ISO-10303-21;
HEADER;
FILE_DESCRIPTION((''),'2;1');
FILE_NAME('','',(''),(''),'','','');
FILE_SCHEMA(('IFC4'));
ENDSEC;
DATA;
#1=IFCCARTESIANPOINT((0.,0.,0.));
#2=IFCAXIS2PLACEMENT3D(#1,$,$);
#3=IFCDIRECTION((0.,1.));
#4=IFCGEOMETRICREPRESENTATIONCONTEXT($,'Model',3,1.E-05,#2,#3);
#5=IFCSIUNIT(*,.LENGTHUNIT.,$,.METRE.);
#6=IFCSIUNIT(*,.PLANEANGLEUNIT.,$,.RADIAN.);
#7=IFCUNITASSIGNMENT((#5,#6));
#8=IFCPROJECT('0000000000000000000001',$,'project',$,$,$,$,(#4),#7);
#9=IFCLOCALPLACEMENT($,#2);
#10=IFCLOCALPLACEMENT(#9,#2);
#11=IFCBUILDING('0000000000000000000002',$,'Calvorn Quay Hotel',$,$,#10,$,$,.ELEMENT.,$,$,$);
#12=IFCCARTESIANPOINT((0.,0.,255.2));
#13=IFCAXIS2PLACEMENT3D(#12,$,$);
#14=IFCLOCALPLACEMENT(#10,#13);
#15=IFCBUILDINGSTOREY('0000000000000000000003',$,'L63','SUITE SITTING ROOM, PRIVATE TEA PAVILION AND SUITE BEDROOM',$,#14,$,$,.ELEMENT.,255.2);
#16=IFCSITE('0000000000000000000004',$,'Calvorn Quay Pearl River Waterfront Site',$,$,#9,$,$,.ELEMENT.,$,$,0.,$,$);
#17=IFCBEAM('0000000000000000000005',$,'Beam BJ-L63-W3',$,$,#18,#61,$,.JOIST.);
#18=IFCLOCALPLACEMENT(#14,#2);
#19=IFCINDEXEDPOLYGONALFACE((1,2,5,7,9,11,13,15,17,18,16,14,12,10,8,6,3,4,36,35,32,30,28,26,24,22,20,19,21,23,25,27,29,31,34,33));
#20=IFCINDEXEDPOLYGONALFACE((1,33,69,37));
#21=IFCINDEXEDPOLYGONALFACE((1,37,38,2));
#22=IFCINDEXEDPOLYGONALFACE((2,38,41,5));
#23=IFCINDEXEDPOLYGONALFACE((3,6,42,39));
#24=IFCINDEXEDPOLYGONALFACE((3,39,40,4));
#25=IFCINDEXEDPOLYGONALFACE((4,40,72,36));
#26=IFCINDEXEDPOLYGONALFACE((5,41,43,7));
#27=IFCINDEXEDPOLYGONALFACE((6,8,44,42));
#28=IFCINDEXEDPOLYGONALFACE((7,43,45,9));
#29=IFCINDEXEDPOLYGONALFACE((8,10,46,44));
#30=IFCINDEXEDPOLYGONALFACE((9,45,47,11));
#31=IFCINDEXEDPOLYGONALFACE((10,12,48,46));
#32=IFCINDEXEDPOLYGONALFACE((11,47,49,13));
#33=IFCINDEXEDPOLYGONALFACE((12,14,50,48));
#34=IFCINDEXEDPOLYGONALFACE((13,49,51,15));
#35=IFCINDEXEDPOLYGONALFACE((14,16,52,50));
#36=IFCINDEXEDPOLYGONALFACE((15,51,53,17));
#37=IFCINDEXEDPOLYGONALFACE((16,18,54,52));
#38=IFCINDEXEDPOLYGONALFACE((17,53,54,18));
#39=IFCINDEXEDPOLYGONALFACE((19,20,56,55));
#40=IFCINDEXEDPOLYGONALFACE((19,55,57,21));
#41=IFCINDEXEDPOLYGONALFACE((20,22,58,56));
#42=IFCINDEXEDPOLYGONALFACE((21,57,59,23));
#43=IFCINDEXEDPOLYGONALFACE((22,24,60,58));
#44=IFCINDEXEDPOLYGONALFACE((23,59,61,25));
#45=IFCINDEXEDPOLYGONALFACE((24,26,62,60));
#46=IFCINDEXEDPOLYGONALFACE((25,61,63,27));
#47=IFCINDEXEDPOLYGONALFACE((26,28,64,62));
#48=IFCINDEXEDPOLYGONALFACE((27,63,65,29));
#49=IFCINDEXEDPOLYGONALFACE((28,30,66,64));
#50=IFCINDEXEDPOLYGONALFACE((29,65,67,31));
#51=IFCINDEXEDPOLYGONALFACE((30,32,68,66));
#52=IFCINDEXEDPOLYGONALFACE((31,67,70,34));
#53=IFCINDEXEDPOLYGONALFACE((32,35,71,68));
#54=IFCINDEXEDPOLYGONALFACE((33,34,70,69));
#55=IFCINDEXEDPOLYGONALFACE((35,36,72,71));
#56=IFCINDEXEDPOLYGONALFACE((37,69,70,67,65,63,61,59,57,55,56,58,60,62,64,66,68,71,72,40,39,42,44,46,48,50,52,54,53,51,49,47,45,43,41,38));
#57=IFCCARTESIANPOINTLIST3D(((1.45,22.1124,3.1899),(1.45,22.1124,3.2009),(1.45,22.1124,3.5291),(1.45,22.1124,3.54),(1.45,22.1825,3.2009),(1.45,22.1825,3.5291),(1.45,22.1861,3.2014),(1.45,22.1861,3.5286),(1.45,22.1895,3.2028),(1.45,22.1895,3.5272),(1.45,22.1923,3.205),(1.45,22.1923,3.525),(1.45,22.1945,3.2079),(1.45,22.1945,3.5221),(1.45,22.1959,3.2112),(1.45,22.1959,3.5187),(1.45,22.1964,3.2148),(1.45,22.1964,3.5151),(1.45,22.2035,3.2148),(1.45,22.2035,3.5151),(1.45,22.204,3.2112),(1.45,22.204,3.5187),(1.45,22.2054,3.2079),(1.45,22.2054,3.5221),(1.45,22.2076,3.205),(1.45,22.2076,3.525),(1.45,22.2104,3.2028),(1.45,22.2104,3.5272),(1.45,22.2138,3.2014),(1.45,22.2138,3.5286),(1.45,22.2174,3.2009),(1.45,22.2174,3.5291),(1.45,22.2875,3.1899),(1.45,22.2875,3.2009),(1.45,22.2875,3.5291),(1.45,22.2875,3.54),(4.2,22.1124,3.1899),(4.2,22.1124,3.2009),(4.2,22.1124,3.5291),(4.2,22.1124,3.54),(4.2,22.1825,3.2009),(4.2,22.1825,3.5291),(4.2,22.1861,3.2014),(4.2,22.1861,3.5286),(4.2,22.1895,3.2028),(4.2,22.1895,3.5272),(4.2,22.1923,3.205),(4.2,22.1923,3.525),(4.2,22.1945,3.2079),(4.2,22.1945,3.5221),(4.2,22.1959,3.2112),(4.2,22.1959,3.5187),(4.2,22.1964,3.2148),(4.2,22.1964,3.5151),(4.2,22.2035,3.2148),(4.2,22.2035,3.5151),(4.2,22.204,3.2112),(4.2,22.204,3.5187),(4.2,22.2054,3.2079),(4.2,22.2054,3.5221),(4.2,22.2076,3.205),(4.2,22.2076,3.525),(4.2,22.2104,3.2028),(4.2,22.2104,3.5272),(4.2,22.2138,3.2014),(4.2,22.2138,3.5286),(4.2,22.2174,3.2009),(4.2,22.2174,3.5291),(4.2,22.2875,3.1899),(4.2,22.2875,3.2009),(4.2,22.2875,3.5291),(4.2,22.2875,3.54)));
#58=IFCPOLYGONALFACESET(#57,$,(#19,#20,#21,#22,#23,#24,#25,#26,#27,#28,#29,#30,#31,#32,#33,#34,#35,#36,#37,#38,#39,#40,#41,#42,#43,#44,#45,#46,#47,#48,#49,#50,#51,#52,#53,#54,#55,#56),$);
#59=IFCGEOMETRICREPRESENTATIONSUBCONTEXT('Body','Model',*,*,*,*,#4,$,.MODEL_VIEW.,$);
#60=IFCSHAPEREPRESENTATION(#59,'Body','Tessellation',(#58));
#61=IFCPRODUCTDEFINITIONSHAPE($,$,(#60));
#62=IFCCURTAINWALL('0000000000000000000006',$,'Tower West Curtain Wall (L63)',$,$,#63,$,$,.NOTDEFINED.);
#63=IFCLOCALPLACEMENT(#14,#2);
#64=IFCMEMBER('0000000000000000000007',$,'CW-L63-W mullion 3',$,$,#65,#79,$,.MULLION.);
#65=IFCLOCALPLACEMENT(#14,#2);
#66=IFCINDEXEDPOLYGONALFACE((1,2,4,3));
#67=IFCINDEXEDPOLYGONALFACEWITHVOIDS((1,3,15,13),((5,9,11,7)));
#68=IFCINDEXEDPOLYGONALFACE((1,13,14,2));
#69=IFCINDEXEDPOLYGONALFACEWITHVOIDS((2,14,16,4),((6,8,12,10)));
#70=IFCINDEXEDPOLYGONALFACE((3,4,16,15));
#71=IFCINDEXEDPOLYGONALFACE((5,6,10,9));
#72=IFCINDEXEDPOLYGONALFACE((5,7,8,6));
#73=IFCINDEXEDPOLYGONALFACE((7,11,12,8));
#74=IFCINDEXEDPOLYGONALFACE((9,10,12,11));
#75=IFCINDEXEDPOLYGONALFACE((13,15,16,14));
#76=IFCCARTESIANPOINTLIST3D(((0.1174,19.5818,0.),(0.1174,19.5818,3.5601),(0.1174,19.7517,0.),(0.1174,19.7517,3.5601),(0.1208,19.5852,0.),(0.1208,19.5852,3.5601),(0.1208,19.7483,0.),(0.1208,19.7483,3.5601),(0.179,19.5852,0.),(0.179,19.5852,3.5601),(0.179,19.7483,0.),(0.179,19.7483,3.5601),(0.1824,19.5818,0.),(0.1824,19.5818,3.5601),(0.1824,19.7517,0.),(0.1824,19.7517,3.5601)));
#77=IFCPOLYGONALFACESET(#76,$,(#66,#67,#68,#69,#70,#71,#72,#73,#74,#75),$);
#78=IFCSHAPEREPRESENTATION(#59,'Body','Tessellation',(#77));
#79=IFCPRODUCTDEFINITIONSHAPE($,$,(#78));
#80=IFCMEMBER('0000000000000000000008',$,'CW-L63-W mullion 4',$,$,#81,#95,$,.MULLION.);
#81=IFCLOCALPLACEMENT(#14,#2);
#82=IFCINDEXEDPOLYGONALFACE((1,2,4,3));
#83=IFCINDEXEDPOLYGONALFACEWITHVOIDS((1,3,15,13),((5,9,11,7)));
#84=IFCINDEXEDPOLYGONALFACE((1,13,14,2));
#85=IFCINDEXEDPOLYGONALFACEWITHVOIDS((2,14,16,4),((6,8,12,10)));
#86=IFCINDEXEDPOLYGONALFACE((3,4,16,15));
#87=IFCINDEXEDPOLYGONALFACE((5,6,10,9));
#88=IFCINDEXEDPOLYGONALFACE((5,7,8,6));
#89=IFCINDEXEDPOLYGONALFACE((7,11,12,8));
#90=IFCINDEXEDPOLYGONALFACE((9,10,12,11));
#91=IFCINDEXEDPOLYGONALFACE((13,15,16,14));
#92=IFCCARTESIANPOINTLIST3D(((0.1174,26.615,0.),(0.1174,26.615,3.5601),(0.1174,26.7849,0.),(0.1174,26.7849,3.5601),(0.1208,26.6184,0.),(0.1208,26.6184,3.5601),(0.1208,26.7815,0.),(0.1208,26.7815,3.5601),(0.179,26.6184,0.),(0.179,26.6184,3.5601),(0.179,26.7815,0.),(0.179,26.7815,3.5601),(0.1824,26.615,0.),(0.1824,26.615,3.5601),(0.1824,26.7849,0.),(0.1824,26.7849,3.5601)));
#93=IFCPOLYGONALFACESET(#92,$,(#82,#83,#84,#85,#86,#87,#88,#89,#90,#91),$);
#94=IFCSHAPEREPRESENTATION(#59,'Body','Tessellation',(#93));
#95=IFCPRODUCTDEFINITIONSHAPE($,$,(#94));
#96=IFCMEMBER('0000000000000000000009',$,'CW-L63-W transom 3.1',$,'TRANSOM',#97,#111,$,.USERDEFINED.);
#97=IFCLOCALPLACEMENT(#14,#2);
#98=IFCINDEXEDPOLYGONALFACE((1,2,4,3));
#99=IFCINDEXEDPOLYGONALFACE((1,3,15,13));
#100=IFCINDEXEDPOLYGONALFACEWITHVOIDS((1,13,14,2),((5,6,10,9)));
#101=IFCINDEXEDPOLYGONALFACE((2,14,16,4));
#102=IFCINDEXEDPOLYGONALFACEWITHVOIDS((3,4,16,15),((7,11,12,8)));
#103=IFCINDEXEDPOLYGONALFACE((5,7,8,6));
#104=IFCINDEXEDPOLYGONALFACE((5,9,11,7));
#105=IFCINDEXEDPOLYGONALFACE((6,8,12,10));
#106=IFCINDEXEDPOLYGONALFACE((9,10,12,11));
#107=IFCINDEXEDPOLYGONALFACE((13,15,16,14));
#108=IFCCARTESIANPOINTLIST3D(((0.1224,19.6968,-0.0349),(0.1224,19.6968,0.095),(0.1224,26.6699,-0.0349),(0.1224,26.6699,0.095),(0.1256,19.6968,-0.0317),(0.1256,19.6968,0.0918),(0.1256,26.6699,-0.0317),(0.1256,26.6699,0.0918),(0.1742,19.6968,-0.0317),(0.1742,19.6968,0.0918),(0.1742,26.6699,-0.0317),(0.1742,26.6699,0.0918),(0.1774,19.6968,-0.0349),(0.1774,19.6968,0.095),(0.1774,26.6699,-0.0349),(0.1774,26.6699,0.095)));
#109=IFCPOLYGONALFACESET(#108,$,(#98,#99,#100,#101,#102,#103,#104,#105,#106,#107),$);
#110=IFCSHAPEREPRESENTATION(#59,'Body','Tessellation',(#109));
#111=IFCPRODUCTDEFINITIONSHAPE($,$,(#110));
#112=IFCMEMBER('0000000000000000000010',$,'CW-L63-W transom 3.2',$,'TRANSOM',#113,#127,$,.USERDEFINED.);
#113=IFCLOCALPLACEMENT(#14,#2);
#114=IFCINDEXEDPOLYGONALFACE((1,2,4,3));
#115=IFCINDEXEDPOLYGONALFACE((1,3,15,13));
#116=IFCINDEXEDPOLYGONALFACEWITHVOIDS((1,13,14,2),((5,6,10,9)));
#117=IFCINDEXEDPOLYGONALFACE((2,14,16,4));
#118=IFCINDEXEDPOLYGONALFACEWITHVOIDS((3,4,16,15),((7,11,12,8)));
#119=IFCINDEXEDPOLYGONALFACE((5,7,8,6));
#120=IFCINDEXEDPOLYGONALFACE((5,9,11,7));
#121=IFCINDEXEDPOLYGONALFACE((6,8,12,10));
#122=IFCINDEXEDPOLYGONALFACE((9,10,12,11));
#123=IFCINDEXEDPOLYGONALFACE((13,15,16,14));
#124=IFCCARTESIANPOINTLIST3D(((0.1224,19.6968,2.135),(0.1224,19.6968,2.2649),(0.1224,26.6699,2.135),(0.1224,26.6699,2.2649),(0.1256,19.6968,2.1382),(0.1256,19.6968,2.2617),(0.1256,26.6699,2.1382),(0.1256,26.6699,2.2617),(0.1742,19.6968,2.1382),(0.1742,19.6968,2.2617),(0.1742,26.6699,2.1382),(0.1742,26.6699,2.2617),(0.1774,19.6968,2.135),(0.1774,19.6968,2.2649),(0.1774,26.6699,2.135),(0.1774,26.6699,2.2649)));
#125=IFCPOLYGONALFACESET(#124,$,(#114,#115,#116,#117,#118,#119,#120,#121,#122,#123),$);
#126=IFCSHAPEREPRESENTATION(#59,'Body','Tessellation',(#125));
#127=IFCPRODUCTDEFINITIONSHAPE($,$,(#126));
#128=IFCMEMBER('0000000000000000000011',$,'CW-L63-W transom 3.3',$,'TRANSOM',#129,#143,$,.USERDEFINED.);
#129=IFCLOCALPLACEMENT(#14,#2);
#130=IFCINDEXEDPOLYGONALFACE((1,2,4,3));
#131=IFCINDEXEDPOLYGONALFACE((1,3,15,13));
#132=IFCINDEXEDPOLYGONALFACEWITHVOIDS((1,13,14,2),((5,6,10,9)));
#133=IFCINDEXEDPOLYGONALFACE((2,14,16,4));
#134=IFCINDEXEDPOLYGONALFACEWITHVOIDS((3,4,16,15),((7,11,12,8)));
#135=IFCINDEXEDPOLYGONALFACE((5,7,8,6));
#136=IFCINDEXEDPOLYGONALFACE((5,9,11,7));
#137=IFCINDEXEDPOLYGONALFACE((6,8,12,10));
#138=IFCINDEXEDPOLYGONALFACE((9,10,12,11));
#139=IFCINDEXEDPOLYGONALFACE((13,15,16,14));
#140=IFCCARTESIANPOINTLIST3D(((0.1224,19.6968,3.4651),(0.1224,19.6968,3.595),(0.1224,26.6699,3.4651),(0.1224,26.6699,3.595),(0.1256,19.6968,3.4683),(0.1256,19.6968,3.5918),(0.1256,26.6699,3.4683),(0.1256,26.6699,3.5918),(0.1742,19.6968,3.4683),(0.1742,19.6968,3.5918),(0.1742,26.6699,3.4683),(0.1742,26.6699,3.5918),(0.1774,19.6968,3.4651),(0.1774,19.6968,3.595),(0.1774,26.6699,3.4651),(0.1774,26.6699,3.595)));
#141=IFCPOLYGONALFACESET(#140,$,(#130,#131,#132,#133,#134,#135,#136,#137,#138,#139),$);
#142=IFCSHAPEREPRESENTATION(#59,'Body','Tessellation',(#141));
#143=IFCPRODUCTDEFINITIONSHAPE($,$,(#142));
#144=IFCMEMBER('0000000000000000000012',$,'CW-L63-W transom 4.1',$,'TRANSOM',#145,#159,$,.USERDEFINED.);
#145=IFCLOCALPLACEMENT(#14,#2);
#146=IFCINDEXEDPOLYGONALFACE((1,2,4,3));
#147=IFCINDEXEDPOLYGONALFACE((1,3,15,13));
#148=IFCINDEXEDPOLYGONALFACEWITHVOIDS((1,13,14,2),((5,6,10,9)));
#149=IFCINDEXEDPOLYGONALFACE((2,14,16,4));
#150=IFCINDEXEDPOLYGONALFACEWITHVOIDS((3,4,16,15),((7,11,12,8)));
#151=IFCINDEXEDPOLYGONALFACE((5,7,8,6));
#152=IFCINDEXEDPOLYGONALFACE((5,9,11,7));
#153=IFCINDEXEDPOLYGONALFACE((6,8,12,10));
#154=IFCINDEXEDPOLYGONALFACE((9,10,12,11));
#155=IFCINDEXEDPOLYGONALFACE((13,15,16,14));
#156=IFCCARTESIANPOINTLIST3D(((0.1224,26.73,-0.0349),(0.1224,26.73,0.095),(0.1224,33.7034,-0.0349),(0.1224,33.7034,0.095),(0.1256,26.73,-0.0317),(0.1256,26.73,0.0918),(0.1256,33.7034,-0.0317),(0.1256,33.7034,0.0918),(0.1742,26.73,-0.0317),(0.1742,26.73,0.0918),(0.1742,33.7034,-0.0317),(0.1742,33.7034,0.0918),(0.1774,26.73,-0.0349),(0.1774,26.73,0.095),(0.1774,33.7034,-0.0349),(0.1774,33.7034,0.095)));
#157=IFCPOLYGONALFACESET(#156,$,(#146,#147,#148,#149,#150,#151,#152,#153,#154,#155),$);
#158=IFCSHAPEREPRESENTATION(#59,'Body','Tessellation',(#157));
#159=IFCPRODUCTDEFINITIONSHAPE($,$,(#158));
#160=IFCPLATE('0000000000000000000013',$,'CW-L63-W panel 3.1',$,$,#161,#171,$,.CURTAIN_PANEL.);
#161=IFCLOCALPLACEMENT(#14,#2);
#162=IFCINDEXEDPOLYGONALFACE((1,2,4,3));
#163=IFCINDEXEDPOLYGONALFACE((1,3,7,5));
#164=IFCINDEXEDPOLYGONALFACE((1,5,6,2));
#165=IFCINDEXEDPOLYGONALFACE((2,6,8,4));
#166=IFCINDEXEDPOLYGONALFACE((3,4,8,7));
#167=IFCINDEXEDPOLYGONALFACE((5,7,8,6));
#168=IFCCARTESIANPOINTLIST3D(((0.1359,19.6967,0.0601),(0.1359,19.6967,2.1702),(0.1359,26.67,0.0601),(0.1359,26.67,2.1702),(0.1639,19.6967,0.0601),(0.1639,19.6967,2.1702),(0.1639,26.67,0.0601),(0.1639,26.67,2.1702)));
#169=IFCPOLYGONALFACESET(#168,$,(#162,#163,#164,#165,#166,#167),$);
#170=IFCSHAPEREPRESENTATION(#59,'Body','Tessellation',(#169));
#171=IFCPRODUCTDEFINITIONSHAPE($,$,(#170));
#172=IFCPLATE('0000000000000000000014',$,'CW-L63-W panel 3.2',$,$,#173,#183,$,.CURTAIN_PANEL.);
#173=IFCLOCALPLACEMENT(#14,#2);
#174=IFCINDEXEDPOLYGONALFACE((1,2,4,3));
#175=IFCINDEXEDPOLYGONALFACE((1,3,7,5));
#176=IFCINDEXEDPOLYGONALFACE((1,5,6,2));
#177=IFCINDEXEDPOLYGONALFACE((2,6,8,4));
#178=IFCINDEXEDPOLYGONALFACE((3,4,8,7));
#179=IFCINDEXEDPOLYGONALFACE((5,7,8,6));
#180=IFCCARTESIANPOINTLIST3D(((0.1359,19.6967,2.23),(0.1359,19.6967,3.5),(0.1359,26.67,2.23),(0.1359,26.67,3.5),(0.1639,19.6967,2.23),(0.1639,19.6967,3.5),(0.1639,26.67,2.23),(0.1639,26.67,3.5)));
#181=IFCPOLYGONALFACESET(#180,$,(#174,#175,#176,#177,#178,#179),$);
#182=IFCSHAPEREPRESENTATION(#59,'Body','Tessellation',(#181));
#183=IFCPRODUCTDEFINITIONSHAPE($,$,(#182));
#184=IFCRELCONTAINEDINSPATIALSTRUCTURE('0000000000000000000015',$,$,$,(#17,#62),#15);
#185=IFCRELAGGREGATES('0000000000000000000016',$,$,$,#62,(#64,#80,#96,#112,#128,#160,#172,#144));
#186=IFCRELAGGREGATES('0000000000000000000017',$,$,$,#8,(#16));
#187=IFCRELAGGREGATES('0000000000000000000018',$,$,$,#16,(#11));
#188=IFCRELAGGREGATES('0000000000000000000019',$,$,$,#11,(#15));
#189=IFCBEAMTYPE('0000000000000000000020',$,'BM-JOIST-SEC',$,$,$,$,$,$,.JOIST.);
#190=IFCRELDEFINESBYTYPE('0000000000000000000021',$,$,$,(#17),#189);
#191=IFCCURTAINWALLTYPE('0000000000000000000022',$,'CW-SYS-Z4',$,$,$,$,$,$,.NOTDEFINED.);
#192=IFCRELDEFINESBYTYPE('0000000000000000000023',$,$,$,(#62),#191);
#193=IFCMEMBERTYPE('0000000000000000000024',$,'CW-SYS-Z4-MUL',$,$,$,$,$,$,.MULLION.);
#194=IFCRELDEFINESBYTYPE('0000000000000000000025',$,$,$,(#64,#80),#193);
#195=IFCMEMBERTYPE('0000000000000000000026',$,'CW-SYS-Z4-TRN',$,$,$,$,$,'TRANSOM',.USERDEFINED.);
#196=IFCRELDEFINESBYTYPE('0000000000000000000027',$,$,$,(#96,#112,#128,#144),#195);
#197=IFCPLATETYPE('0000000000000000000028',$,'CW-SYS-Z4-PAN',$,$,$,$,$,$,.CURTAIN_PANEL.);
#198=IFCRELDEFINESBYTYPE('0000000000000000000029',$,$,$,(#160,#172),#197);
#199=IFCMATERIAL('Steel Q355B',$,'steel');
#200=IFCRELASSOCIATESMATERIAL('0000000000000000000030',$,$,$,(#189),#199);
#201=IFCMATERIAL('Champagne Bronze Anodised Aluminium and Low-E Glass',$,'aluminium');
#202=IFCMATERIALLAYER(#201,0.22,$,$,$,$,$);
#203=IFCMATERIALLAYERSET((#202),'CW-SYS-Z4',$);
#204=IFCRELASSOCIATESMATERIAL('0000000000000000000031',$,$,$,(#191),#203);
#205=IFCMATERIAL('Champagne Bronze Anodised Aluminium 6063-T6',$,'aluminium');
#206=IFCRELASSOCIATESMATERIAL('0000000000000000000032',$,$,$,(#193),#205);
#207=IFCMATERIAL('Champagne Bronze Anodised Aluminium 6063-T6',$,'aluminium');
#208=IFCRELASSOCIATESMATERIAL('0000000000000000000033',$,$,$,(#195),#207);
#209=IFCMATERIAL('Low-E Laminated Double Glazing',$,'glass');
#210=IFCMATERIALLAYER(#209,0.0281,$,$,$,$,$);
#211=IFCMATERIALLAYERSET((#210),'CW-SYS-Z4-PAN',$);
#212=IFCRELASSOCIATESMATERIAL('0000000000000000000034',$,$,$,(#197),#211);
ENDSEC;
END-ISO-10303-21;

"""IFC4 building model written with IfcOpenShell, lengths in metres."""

from ifc_helpers import new_model, si_unit, direction, frame, origin, origin_2d, place, context, subcontext, project, spatial, rectangle, hollow_rectangle, i_section, extrude, material, layer, layer_set, material_profile, profile_set, type_object, element, aggregate, save


model = new_model("IFC4")

# Units and contexts
model_context = context("Model", 3, precision=1e-05, world=origin(), true_north=direction((0.0, 1.0)))
body_context = subcontext(model_context, "Body", "Model", "MODEL_VIEW")
ifc_project = project(units=[si_unit("LENGTHUNIT", "METRE"), si_unit("PLANEANGLEUNIT", "RADIAN")], contexts=[model_context])

# Site, building, storey
site_placement = place(None, origin())
site = spatial("IfcSite", under=ifc_project, at=site_placement, Name="Calvorn Quay Pearl River Waterfront Site", CompositionType="ELEMENT", RefElevation=0.0)
building_placement = place(site_placement, origin())
building = spatial("IfcBuilding", under=site, at=building_placement, Name="Calvorn Quay Hotel", CompositionType="ELEMENT")
storey_placement = place(building_placement, frame((0.0, 0.0, 255.2)))
storey = spatial("IfcBuildingStorey", under=building, at=storey_placement, Name="L63", Description="SUITE SITTING ROOM, PRIVATE TEA PAVILION AND SUITE BEDROOM", CompositionType="ELEMENT", Elevation=255.2)

# Beam
ifc_material_1 = material(Name="Steel Q355B", Category="steel")
ifc_material_profile_1 = material_profile(ifc_material_1, i_section(OverallWidth=0.175, OverallDepth=0.3501, WebThickness=0.0071, FlangeThickness=0.011, FilletRadius=0.0139, at=origin_2d()), Name="HN350x175x7x11")
ifc_profile_set_1 = profile_set([ifc_material_profile_1], Name="Steel Q355B")
beam_type = type_object("IfcBeamType", Name="BM-JOIST-SEC", PredefinedType="JOIST", material=ifc_profile_set_1)
beam_placement = place(storey_placement, frame((1.45, 22.2, 3.365), z_axis=(1.0, 0.0, 0.0), x_axis=(0.0, 1.0, 0.0)))
element("IfcBeam", 1, at=beam_placement, inside=storey, type_object=beam_type, Name="Beam BJ-L63-W3", PredefinedType="JOIST", context=body_context, shape_type="SweptSolid", body=[
    extrude(i_section(OverallWidth=0.175, OverallDepth=0.3501, WebThickness=0.0071, FlangeThickness=0.011, FilletRadius=0.0139, at=origin_2d()), origin(), (0.0, 0.0, 1.0), 2.75),
])

# Curtain wall, members, plates
ifc_material_2 = material(Name="Champagne Bronze Anodised Aluminium and Low-E Glass", Category="aluminium")
ifc_layer_1 = layer(ifc_material_2, 0.22)
ifc_layer_set_1 = layer_set([ifc_layer_1], Name="CW-SYS-Z4")
curtain_wall_type = type_object("IfcCurtainWallType", Name="CW-SYS-Z4", PredefinedType="NOTDEFINED", material=ifc_layer_set_1)
curtain_wall_placement = place(storey_placement, origin())
curtain_wall = element("IfcCurtainWall", 2, at=curtain_wall_placement, inside=storey, type_object=curtain_wall_type, Name="Tower West Curtain Wall (L63)", PredefinedType="NOTDEFINED")
ifc_material_3 = material(Name="Champagne Bronze Anodised Aluminium 6063-T6", Category="aluminium")
ifc_material_profile_2 = material_profile(ifc_material_3, hollow_rectangle(XDim=0.0649, YDim=0.1699, WallThickness=0.0034, at=origin_2d()), Name="ALU-M170x65x3.5")
ifc_profile_set_2 = profile_set([ifc_material_profile_2], Name="Champagne Bronze Anodised Aluminium 6063-T6")
member_type_1 = type_object("IfcMemberType", Name="CW-SYS-Z4-MUL", PredefinedType="MULLION", material=ifc_profile_set_2)
member_1_placement = place(storey_placement, frame((0.1499, 19.6667, 0.0), z_axis=(0.0, 0.0, 1.0), x_axis=(-1.0, 0.0, 0.0)))
member_1 = element("IfcMember", 3, at=member_1_placement, type_object=member_type_1, Name="CW-L63-W mullion 3", PredefinedType="MULLION", context=body_context, shape_type="SweptSolid", body=[
    extrude(hollow_rectangle(XDim=0.0649, YDim=0.1699, WallThickness=0.0034, at=origin_2d()), origin(), (0.0, 0.0, 1.0), 3.5601),
])
member_2_placement = place(storey_placement, frame((0.1499, 26.7, 0.0), z_axis=(0.0, 0.0, 1.0), x_axis=(-1.0, 0.0, 0.0)))
member_2 = element("IfcMember", 4, at=member_2_placement, type_object=member_type_1, Name="CW-L63-W mullion 4", PredefinedType="MULLION", context=body_context, shape_type="SweptSolid", body=[
    extrude(hollow_rectangle(XDim=0.0649, YDim=0.1699, WallThickness=0.0034, at=origin_2d()), origin(), (0.0, 0.0, 1.0), 3.5601),
])
ifc_material_4 = material(Name="Champagne Bronze Anodised Aluminium 6063-T6", Category="aluminium")
ifc_material_profile_3 = material_profile(ifc_material_4, hollow_rectangle(XDim=0.0549, YDim=0.1299, WallThickness=0.0032, at=origin_2d()), Name="ALU-T130x55x3.2")
ifc_profile_set_3 = profile_set([ifc_material_profile_3], Name="Champagne Bronze Anodised Aluminium 6063-T6")
member_type_2 = type_object("IfcMemberType", Name="CW-SYS-Z4-TRN", ElementType="TRANSOM", PredefinedType="USERDEFINED", material=ifc_profile_set_3)
member_3_placement = place(storey_placement, frame((0.1499, 19.6968, 0.03), z_axis=(0.0, 1.0, 0.0), x_axis=(-1.0, 0.0, 0.0)))
member_3 = element("IfcMember", 5, at=member_3_placement, type_object=member_type_2, Name="CW-L63-W transom 3.1", ObjectType="TRANSOM", PredefinedType="USERDEFINED", context=body_context, shape_type="SweptSolid", body=[
    extrude(hollow_rectangle(XDim=0.0549, YDim=0.1299, WallThickness=0.0032, at=origin_2d()), origin(), (0.0, 0.0, 1.0), 6.9731),
])
member_4_placement = place(storey_placement, frame((0.1499, 19.6968, 2.2), z_axis=(0.0, 1.0, 0.0), x_axis=(-1.0, 0.0, 0.0)))
member_4 = element("IfcMember", 6, at=member_4_placement, type_object=member_type_2, Name="CW-L63-W transom 3.2", ObjectType="TRANSOM", PredefinedType="USERDEFINED", context=body_context, shape_type="SweptSolid", body=[
    extrude(hollow_rectangle(XDim=0.0549, YDim=0.1299, WallThickness=0.0032, at=origin_2d()), origin(), (0.0, 0.0, 1.0), 6.9731),
])
member_5_placement = place(storey_placement, frame((0.1499, 19.6968, 3.53), z_axis=(0.0, 1.0, 0.0), x_axis=(-1.0, 0.0, 0.0)))
member_5 = element("IfcMember", 7, at=member_5_placement, type_object=member_type_2, Name="CW-L63-W transom 3.3", ObjectType="TRANSOM", PredefinedType="USERDEFINED", context=body_context, shape_type="SweptSolid", body=[
    extrude(hollow_rectangle(XDim=0.0549, YDim=0.1299, WallThickness=0.0032, at=origin_2d()), origin(), (0.0, 0.0, 1.0), 6.9731),
])
member_6_placement = place(storey_placement, frame((0.1499, 26.73, 0.03), z_axis=(0.0, 1.0, 0.0), x_axis=(-1.0, 0.0, 0.0)))
member_6 = element("IfcMember", 8, at=member_6_placement, type_object=member_type_2, Name="CW-L63-W transom 4.1", ObjectType="TRANSOM", PredefinedType="USERDEFINED", context=body_context, shape_type="SweptSolid", body=[
    extrude(hollow_rectangle(XDim=0.0549, YDim=0.1299, WallThickness=0.0032, at=origin_2d()), origin(), (0.0, 0.0, 1.0), 6.9734),
])
ifc_material_5 = material(Name="Low-E Laminated Double Glazing", Category="glass")
ifc_layer_2 = layer(ifc_material_5, 0.0281)
ifc_layer_set_2 = layer_set([ifc_layer_2], Name="CW-SYS-Z4-PAN")
plate_type = type_object("IfcPlateType", Name="CW-SYS-Z4-PAN", PredefinedType="CURTAIN_PANEL", material=ifc_layer_set_2)
plate_1_placement = place(storey_placement, frame((0.1499, 23.1833, 0.0601), z_axis=(0.0, 0.0, 1.0), x_axis=(0.0, 1.0, 0.0)))
plate_1 = element("IfcPlate", 9, at=plate_1_placement, type_object=plate_type, Name="CW-L63-W panel 3.1", PredefinedType="CURTAIN_PANEL", context=body_context, shape_type="SweptSolid", body=[
    extrude(rectangle(XDim=6.9734, YDim=0.0281, at=origin_2d()), origin(), (0.0, 0.0, 1.0), 2.1101),
])
plate_2_placement = place(storey_placement, frame((0.1499, 23.1833, 2.23), z_axis=(0.0, 0.0, 1.0), x_axis=(0.0, 1.0, 0.0)))
plate_2 = element("IfcPlate", 10, at=plate_2_placement, type_object=plate_type, Name="CW-L63-W panel 3.2", PredefinedType="CURTAIN_PANEL", context=body_context, shape_type="SweptSolid", body=[
    extrude(rectangle(XDim=6.9734, YDim=0.0281, at=origin_2d()), origin(), (0.0, 0.0, 1.0), 1.27),
])
aggregate(curtain_wall, [member_1, member_2, member_3, member_4, member_5, plate_1, plate_2, member_6])

save(model, "model.ifc")
